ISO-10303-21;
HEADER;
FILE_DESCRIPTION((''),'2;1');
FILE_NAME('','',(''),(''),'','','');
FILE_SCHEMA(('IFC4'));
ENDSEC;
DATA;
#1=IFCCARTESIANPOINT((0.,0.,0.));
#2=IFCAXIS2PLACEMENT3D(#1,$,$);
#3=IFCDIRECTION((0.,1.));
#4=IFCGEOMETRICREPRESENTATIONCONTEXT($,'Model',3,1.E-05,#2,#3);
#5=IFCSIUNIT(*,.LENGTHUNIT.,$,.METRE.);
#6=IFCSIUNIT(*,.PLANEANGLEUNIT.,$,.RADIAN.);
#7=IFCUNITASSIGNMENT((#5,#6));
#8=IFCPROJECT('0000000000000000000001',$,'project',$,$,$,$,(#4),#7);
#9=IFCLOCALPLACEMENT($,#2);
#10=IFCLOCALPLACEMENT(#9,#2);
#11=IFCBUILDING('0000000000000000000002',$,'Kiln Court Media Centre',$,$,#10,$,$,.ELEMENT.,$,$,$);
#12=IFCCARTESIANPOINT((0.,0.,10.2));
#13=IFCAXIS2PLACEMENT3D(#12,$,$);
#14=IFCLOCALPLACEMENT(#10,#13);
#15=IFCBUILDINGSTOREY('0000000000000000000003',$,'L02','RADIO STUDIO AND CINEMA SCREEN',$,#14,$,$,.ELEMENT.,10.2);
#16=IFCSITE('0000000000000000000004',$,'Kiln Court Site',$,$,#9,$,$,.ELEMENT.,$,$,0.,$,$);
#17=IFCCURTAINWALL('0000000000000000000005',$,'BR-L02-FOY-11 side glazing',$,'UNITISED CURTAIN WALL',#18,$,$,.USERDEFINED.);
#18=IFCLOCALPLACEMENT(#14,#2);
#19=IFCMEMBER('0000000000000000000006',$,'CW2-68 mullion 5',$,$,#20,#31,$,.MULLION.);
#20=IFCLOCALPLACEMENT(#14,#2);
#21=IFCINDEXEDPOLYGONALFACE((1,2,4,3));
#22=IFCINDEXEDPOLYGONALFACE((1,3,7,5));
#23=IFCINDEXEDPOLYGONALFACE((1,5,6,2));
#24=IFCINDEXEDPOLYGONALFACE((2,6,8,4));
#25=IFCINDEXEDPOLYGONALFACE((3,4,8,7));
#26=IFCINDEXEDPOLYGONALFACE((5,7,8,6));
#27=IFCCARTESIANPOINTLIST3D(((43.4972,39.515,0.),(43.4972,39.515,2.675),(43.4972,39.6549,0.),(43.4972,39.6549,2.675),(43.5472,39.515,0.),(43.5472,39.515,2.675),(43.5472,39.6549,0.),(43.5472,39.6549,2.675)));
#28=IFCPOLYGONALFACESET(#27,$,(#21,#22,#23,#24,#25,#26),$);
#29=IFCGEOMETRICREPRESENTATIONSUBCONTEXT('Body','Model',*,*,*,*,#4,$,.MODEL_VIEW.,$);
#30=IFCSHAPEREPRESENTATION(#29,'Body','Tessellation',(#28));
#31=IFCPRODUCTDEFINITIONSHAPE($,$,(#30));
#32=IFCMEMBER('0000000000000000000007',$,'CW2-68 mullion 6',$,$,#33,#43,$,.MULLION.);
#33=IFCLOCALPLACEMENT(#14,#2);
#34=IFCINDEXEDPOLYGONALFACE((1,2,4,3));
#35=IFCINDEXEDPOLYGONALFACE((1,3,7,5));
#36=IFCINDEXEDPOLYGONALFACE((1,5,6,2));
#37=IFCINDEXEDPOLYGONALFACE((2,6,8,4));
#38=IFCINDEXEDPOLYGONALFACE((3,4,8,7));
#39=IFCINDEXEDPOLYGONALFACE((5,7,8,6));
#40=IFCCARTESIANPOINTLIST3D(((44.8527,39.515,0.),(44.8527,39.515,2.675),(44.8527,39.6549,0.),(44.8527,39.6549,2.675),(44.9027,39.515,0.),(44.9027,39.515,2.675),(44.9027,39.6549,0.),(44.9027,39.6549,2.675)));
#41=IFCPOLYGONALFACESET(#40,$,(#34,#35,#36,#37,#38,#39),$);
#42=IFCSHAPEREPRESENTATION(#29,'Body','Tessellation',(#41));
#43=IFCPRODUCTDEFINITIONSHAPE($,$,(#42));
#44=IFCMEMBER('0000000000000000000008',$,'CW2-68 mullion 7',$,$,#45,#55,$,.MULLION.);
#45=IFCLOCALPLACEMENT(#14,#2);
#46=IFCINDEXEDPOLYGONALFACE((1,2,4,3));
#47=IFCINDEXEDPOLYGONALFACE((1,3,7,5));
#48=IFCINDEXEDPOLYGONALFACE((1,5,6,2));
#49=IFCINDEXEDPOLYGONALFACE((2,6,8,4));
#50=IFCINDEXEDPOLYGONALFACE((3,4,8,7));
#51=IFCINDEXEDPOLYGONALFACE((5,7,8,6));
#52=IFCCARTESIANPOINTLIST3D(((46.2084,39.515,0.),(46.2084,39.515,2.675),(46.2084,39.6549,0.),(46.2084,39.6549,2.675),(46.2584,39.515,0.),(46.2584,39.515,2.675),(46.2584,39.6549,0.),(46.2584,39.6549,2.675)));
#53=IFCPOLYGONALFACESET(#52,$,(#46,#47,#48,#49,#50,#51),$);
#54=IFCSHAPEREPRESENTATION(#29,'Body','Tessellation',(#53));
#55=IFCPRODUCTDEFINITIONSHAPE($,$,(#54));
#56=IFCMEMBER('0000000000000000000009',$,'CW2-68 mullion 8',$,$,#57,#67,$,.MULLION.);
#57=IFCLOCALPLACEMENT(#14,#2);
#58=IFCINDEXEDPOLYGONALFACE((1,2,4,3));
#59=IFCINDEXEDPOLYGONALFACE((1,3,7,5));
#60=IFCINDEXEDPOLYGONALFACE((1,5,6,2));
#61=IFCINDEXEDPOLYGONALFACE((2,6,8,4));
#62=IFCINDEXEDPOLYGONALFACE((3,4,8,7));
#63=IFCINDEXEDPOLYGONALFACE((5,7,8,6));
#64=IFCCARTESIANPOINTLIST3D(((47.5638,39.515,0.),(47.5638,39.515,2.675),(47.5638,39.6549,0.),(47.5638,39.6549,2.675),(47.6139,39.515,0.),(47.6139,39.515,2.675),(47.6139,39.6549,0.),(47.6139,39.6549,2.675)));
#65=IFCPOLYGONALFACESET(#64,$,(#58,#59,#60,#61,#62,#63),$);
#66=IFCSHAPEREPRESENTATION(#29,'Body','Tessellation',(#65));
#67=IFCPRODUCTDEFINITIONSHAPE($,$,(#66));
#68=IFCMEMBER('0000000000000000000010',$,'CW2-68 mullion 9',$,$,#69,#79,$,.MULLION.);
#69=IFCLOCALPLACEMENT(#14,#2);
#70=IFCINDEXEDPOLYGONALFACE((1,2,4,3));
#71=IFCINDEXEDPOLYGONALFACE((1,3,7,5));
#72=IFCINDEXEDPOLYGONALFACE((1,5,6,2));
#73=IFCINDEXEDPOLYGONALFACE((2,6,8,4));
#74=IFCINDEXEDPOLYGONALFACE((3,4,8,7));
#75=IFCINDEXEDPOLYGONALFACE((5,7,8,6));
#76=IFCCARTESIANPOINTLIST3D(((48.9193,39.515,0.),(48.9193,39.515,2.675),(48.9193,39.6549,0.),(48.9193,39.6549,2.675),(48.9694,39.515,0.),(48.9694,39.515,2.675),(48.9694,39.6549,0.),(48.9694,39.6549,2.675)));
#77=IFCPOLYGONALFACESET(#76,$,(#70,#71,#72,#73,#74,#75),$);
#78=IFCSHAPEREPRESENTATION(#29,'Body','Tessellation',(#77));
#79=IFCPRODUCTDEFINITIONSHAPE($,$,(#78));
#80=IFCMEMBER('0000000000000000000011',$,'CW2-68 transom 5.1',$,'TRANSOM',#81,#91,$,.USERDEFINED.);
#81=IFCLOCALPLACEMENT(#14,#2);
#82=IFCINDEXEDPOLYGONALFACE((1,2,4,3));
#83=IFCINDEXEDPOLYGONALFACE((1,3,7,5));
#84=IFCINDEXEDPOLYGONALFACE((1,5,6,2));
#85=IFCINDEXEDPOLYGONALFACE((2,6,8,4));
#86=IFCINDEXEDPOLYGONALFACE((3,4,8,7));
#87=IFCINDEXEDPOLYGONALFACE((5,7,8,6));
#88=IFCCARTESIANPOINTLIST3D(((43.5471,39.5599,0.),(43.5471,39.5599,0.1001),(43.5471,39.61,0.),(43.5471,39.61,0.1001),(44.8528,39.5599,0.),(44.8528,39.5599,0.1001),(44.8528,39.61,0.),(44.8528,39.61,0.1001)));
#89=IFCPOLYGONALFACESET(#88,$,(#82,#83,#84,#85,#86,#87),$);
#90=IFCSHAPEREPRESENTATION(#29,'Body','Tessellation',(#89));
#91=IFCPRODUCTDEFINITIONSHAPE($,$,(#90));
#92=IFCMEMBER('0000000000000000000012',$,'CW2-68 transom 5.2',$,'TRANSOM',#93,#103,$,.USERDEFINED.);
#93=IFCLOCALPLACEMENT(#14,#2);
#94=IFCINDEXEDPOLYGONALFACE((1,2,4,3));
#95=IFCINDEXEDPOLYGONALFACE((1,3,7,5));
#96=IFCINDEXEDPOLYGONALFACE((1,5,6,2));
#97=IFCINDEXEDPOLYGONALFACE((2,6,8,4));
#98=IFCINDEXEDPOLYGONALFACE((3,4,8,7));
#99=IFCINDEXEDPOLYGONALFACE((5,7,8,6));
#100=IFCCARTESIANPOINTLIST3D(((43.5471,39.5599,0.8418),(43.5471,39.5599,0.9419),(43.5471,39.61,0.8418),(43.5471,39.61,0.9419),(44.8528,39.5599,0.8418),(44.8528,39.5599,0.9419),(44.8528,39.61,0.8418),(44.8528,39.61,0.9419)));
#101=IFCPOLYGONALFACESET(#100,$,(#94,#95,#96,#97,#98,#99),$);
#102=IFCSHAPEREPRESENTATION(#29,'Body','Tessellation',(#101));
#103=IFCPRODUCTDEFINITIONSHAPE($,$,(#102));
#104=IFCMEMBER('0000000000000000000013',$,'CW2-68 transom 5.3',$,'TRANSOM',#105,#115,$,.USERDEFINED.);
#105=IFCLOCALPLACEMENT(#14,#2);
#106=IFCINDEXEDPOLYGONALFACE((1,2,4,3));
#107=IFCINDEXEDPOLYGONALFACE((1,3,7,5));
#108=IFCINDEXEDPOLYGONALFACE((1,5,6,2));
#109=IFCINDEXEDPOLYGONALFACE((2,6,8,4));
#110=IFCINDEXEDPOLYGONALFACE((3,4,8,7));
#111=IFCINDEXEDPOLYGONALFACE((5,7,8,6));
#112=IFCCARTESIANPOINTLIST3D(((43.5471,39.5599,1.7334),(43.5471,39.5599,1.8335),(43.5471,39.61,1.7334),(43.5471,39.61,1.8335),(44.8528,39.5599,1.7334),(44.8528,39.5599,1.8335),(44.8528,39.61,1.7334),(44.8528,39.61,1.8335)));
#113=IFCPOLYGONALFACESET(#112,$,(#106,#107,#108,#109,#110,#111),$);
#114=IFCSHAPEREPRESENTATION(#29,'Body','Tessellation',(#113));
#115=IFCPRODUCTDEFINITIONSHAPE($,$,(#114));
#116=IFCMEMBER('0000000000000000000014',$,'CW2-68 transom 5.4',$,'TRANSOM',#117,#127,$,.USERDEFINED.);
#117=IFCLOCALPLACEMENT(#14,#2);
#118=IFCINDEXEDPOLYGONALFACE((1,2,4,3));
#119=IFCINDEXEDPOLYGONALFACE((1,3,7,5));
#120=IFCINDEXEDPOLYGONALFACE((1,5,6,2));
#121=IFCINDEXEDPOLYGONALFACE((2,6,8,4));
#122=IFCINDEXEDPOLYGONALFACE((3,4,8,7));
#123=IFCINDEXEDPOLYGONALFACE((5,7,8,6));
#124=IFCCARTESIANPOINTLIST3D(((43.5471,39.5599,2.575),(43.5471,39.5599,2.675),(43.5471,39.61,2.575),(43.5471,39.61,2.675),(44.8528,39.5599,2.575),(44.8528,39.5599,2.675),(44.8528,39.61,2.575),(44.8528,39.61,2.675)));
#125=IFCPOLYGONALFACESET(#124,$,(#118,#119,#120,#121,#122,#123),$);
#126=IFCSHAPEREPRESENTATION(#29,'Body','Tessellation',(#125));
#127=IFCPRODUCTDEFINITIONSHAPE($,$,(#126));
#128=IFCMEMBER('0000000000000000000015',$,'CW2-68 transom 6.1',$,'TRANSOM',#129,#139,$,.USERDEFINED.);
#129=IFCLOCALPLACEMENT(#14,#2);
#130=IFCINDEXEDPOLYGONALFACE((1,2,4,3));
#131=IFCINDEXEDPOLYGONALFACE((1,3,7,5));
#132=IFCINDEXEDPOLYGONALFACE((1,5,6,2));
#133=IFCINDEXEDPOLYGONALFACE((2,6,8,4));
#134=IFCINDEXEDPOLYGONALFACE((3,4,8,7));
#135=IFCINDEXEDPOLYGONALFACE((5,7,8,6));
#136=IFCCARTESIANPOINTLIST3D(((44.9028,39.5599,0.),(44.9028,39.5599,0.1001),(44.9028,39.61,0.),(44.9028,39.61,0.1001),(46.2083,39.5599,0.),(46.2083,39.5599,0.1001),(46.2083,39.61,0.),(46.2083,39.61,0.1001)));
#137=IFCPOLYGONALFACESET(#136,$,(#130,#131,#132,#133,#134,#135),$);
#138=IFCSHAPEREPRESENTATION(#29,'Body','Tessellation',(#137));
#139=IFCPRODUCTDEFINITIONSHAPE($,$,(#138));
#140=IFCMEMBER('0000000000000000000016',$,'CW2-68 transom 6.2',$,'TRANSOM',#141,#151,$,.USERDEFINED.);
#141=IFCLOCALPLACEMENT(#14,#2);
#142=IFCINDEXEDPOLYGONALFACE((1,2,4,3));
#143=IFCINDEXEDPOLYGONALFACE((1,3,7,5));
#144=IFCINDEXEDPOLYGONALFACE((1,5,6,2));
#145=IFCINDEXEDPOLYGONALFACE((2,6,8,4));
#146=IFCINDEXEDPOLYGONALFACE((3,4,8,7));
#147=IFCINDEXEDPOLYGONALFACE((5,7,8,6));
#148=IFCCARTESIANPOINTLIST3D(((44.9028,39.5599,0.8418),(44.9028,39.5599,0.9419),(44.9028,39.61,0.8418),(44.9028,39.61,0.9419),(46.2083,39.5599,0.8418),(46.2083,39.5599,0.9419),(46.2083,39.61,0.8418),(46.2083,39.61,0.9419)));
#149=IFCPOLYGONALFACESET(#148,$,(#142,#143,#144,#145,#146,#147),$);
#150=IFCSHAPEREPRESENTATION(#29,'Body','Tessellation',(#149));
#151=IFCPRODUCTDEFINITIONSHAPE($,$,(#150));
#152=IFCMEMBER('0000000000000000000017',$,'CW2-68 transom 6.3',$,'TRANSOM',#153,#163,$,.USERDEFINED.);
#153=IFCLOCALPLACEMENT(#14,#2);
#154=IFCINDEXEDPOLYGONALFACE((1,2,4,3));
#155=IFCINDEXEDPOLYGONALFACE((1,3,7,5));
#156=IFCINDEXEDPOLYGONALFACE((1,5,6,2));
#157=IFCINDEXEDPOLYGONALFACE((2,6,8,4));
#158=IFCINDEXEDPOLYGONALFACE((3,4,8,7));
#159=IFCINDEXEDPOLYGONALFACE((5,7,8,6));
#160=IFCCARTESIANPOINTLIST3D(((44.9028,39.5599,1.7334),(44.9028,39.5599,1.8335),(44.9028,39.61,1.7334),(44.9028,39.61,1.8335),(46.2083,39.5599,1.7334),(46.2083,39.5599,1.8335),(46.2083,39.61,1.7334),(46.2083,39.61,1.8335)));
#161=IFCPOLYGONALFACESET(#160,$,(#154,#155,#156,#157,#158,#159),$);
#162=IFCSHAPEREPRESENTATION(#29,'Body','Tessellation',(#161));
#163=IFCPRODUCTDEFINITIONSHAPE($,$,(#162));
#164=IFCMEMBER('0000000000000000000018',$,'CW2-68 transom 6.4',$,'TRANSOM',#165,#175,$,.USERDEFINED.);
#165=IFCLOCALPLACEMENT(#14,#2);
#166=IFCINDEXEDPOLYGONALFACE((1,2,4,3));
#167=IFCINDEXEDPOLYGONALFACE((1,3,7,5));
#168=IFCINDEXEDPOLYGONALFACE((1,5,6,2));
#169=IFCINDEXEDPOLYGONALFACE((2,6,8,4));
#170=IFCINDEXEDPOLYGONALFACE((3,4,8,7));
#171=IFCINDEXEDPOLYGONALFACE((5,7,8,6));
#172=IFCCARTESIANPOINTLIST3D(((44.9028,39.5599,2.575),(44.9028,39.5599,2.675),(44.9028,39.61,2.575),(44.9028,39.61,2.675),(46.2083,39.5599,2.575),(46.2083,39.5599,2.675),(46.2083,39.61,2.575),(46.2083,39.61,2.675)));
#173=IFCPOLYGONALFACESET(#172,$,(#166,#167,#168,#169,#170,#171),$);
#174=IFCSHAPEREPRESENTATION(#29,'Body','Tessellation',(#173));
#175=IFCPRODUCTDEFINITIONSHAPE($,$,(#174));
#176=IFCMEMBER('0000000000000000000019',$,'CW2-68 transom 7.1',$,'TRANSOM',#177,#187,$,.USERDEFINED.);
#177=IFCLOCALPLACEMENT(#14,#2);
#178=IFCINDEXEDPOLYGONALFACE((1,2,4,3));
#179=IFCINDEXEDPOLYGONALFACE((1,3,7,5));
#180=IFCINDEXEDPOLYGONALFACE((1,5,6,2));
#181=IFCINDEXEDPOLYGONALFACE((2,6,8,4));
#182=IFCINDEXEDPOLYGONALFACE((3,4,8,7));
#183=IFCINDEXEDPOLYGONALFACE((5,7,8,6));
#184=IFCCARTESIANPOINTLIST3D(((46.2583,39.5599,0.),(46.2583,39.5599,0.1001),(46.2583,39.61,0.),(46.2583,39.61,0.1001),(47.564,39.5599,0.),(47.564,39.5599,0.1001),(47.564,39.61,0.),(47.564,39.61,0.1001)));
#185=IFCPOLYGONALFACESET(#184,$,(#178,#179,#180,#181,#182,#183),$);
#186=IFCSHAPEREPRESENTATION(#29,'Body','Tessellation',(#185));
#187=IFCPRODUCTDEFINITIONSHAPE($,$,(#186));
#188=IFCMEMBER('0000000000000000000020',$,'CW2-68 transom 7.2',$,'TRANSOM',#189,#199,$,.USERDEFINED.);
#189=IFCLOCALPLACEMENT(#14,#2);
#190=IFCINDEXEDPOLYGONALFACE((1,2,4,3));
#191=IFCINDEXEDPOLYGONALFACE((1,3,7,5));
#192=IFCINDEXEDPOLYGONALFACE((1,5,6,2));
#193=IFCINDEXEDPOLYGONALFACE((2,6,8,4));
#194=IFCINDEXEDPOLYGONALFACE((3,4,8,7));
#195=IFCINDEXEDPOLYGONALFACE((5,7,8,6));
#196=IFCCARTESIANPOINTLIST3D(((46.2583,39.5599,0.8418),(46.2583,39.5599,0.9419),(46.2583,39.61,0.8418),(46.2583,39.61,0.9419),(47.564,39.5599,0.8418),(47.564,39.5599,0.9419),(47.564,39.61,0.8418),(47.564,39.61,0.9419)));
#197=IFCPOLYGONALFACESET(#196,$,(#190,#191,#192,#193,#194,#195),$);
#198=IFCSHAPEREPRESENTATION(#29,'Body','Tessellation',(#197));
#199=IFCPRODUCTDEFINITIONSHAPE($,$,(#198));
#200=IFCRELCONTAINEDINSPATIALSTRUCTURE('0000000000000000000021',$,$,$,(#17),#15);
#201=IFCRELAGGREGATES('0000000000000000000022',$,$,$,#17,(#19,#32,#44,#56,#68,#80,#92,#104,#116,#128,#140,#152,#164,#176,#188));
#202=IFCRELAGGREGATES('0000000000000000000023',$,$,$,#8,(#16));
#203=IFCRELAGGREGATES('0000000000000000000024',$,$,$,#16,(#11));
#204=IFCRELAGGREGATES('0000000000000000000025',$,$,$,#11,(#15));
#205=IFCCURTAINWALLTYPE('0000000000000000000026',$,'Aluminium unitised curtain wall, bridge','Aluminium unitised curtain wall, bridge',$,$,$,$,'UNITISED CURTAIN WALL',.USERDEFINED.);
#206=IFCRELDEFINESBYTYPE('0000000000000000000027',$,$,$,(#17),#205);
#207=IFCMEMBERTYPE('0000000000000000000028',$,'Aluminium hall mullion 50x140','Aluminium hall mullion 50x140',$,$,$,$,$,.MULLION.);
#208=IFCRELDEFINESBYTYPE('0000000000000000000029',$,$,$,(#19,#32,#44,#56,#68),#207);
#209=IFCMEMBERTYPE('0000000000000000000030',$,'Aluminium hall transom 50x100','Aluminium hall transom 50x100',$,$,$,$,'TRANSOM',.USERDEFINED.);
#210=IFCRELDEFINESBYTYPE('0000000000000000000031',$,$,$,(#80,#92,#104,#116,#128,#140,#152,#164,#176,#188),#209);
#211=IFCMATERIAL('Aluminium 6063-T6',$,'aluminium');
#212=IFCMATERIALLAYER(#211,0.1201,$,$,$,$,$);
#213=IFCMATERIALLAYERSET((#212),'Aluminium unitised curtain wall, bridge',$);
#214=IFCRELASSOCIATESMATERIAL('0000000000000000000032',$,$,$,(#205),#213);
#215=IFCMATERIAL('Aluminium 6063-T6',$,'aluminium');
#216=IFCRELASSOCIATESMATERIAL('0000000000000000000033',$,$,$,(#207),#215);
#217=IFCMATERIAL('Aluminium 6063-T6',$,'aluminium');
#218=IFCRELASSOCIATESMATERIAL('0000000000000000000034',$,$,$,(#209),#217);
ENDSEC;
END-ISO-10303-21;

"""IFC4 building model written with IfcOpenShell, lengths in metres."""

from ifc_helpers import new_model, si_unit, direction, frame, origin, origin_2d, place, context, subcontext, project, spatial, rectangle, extrude, material, layer, layer_set, material_profile, profile_set, type_object, element, aggregate, save


model = new_model("IFC4")

# Units and contexts
model_context = context("Model", 3, precision=1e-05, world=origin(), true_north=direction((0.0, 1.0)))
body_context = subcontext(model_context, "Body", "Model", "MODEL_VIEW")
ifc_project = project(units=[si_unit("LENGTHUNIT", "METRE"), si_unit("PLANEANGLEUNIT", "RADIAN")], contexts=[model_context])

# Site, building, storey
site_placement = place(None, origin())
site = spatial("IfcSite", under=ifc_project, at=site_placement, Name="Kiln Court Site", CompositionType="ELEMENT", RefElevation=0.0)
building_placement = place(site_placement, origin())
building = spatial("IfcBuilding", under=site, at=building_placement, Name="Kiln Court Media Centre", CompositionType="ELEMENT")
storey_placement = place(building_placement, frame((0.0, 0.0, 10.2)))
storey = spatial("IfcBuildingStorey", under=building, at=storey_placement, Name="L02", Description="RADIO STUDIO AND CINEMA SCREEN", CompositionType="ELEMENT", Elevation=10.2)

# Curtain wall, members
ifc_material_1 = material(Name="Aluminium 6063-T6", Category="aluminium")
ifc_layer_1 = layer(ifc_material_1, 0.1201)
ifc_layer_set_1 = layer_set([ifc_layer_1], Name="Aluminium unitised curtain wall, bridge")
curtain_wall_type = type_object("IfcCurtainWallType", Name="Aluminium unitised curtain wall, bridge", Description="Aluminium unitised curtain wall, bridge", ElementType="UNITISED CURTAIN WALL", PredefinedType="USERDEFINED", material=ifc_layer_set_1)
curtain_wall_placement = place(storey_placement, origin())
curtain_wall = element("IfcCurtainWall", 1, at=curtain_wall_placement, inside=storey, type_object=curtain_wall_type, Name="BR-L02-FOY-11 side glazing", ObjectType="UNITISED CURTAIN WALL", PredefinedType="USERDEFINED")
ifc_material_2 = material(Name="Aluminium 6063-T6", Category="aluminium")
ifc_material_profile_1 = material_profile(ifc_material_2, rectangle(XDim=0.05, YDim=0.1399, at=origin_2d()), Name="Aluminium hall mullion 50x140")
ifc_profile_set_1 = profile_set([ifc_material_profile_1], Name="Aluminium 6063-T6")
member_type_1 = type_object("IfcMemberType", Name="Aluminium hall mullion 50x140", Description="Aluminium hall mullion 50x140", PredefinedType="MULLION", material=ifc_profile_set_1)
member_1_placement = place(storey_placement, frame((43.5222, 39.585, 0.0), z_axis=(0.0, 0.0, 1.0), x_axis=(1.0, 0.0, 0.0)))
member_1 = element("IfcMember", 2, at=member_1_placement, type_object=member_type_1, Name="CW2-68 mullion 5", PredefinedType="MULLION", context=body_context, shape_type="SweptSolid", body=[
    extrude(rectangle(XDim=0.05, YDim=0.1399, at=origin_2d()), origin(), (0.0, 0.0, 1.0), 2.675),
])
member_2_placement = place(storey_placement, frame((44.8777, 39.585, 0.0), z_axis=(0.0, 0.0, 1.0), x_axis=(1.0, 0.0, 0.0)))
member_2 = element("IfcMember", 3, at=member_2_placement, type_object=member_type_1, Name="CW2-68 mullion 6", PredefinedType="MULLION", context=body_context, shape_type="SweptSolid", body=[
    extrude(rectangle(XDim=0.05, YDim=0.1399, at=origin_2d()), origin(), (0.0, 0.0, 1.0), 2.675),
])
member_3_placement = place(storey_placement, frame((46.2334, 39.585, 0.0), z_axis=(0.0, 0.0, 1.0), x_axis=(1.0, 0.0, 0.0)))
member_3 = element("IfcMember", 4, at=member_3_placement, type_object=member_type_1, Name="CW2-68 mullion 7", PredefinedType="MULLION", context=body_context, shape_type="SweptSolid", body=[
    extrude(rectangle(XDim=0.05, YDim=0.1399, at=origin_2d()), origin(), (0.0, 0.0, 1.0), 2.675),
])
member_4_placement = place(storey_placement, frame((47.5889, 39.585, 0.0), z_axis=(0.0, 0.0, 1.0), x_axis=(1.0, 0.0, 0.0)))
member_4 = element("IfcMember", 5, at=member_4_placement, type_object=member_type_1, Name="CW2-68 mullion 8", PredefinedType="MULLION", context=body_context, shape_type="SweptSolid", body=[
    extrude(rectangle(XDim=0.05, YDim=0.1399, at=origin_2d()), origin(), (0.0, 0.0, 1.0), 2.675),
])
member_5_placement = place(storey_placement, frame((48.9443, 39.585, 0.0), z_axis=(0.0, 0.0, 1.0), x_axis=(1.0, 0.0, 0.0)))
member_5 = element("IfcMember", 6, at=member_5_placement, type_object=member_type_1, Name="CW2-68 mullion 9", PredefinedType="MULLION", context=body_context, shape_type="SweptSolid", body=[
    extrude(rectangle(XDim=0.05, YDim=0.1399, at=origin_2d()), origin(), (0.0, 0.0, 1.0), 2.675),
])
ifc_material_3 = material(Name="Aluminium 6063-T6", Category="aluminium")
ifc_material_profile_2 = material_profile(ifc_material_3, rectangle(XDim=0.05, YDim=0.1001, at=origin_2d()), Name="Aluminium hall transom 50x100")
ifc_profile_set_2 = profile_set([ifc_material_profile_2], Name="Aluminium 6063-T6")
member_type_2 = type_object("IfcMemberType", Name="Aluminium hall transom 50x100", Description="Aluminium hall transom 50x100", ElementType="TRANSOM", PredefinedType="USERDEFINED", material=ifc_profile_set_2)
member_6_placement = place(storey_placement, frame((43.5471, 39.585, 0.05), z_axis=(1.0, 0.0, 0.0), x_axis=(0.0, 1.0, 0.0)))
member_6 = element("IfcMember", 7, at=member_6_placement, type_object=member_type_2, Name="CW2-68 transom 5.1", ObjectType="TRANSOM", PredefinedType="USERDEFINED", context=body_context, shape_type="SweptSolid", body=[
    extrude(rectangle(XDim=0.05, YDim=0.1001, at=origin_2d()), origin(), (0.0, 0.0, 1.0), 1.3057),
])
member_7_placement = place(storey_placement, frame((43.5471, 39.585, 0.8918), z_axis=(1.0, 0.0, 0.0), x_axis=(0.0, 1.0, 0.0)))
member_7 = element("IfcMember", 8, at=member_7_placement, type_object=member_type_2, Name="CW2-68 transom 5.2", ObjectType="TRANSOM", PredefinedType="USERDEFINED", context=body_context, shape_type="SweptSolid", body=[
    extrude(rectangle(XDim=0.05, YDim=0.1001, at=origin_2d()), origin(), (0.0, 0.0, 1.0), 1.3057),
])
member_8_placement = place(storey_placement, frame((43.5471, 39.585, 1.7834), z_axis=(1.0, 0.0, 0.0), x_axis=(0.0, 1.0, 0.0)))
member_8 = element("IfcMember", 9, at=member_8_placement, type_object=member_type_2, Name="CW2-68 transom 5.3", ObjectType="TRANSOM", PredefinedType="USERDEFINED", context=body_context, shape_type="SweptSolid", body=[
    extrude(rectangle(XDim=0.05, YDim=0.1001, at=origin_2d()), origin(), (0.0, 0.0, 1.0), 1.3057),
])
member_9_placement = place(storey_placement, frame((43.5471, 39.585, 2.625), z_axis=(1.0, 0.0, 0.0), x_axis=(0.0, 1.0, 0.0)))
member_9 = element("IfcMember", 10, at=member_9_placement, type_object=member_type_2, Name="CW2-68 transom 5.4", ObjectType="TRANSOM", PredefinedType="USERDEFINED", context=body_context, shape_type="SweptSolid", body=[
    extrude(rectangle(XDim=0.05, YDim=0.1001, at=origin_2d()), origin(), (0.0, 0.0, 1.0), 1.3057),
])
member_10_placement = place(storey_placement, frame((44.9028, 39.585, 0.05), z_axis=(1.0, 0.0, 0.0), x_axis=(0.0, 1.0, 0.0)))
member_10 = element("IfcMember", 11, at=member_10_placement, type_object=member_type_2, Name="CW2-68 transom 6.1", ObjectType="TRANSOM", PredefinedType="USERDEFINED", context=body_context, shape_type="SweptSolid", body=[
    extrude(rectangle(XDim=0.05, YDim=0.1001, at=origin_2d()), origin(), (0.0, 0.0, 1.0), 1.3054),
])
member_11_placement = place(storey_placement, frame((44.9028, 39.585, 0.8918), z_axis=(1.0, 0.0, 0.0), x_axis=(0.0, 1.0, 0.0)))
member_11 = element("IfcMember", 12, at=member_11_placement, type_object=member_type_2, Name="CW2-68 transom 6.2", ObjectType="TRANSOM", PredefinedType="USERDEFINED", context=body_context, shape_type="SweptSolid", body=[
    extrude(rectangle(XDim=0.05, YDim=0.1001, at=origin_2d()), origin(), (0.0, 0.0, 1.0), 1.3054),
])
member_12_placement = place(storey_placement, frame((44.9028, 39.585, 1.7834), z_axis=(1.0, 0.0, 0.0), x_axis=(0.0, 1.0, 0.0)))
member_12 = element("IfcMember", 13, at=member_12_placement, type_object=member_type_2, Name="CW2-68 transom 6.3", ObjectType="TRANSOM", PredefinedType="USERDEFINED", context=body_context, shape_type="SweptSolid", body=[
    extrude(rectangle(XDim=0.05, YDim=0.1001, at=origin_2d()), origin(), (0.0, 0.0, 1.0), 1.3054),
])
member_13_placement = place(storey_placement, frame((44.9028, 39.585, 2.625), z_axis=(1.0, 0.0, 0.0), x_axis=(0.0, 1.0, 0.0)))
member_13 = element("IfcMember", 14, at=member_13_placement, type_object=member_type_2, Name="CW2-68 transom 6.4", ObjectType="TRANSOM", PredefinedType="USERDEFINED", context=body_context, shape_type="SweptSolid", body=[
    extrude(rectangle(XDim=0.05, YDim=0.1001, at=origin_2d()), origin(), (0.0, 0.0, 1.0), 1.3054),
])
member_14_placement = place(storey_placement, frame((46.2583, 39.585, 0.05), z_axis=(1.0, 0.0, 0.0), x_axis=(0.0, 1.0, 0.0)))
member_14 = element("IfcMember", 15, at=member_14_placement, type_object=member_type_2, Name="CW2-68 transom 7.1", ObjectType="TRANSOM", PredefinedType="USERDEFINED", context=body_context, shape_type="SweptSolid", body=[
    extrude(rectangle(XDim=0.05, YDim=0.1001, at=origin_2d()), origin(), (0.0, 0.0, 1.0), 1.3057),
])
member_15_placement = place(storey_placement, frame((46.2583, 39.585, 0.8918), z_axis=(1.0, 0.0, 0.0), x_axis=(0.0, 1.0, 0.0)))
member_15 = element("IfcMember", 16, at=member_15_placement, type_object=member_type_2, Name="CW2-68 transom 7.2", ObjectType="TRANSOM", PredefinedType="USERDEFINED", context=body_context, shape_type="SweptSolid", body=[
    extrude(rectangle(XDim=0.05, YDim=0.1001, at=origin_2d()), origin(), (0.0, 0.0, 1.0), 1.3057),
])
aggregate(curtain_wall, [member_1, member_2, member_3, member_4, member_5, member_6, member_7, member_8, member_9, member_10, member_11, member_12, member_13, member_14, member_15])

save(model, "model.ifc")
